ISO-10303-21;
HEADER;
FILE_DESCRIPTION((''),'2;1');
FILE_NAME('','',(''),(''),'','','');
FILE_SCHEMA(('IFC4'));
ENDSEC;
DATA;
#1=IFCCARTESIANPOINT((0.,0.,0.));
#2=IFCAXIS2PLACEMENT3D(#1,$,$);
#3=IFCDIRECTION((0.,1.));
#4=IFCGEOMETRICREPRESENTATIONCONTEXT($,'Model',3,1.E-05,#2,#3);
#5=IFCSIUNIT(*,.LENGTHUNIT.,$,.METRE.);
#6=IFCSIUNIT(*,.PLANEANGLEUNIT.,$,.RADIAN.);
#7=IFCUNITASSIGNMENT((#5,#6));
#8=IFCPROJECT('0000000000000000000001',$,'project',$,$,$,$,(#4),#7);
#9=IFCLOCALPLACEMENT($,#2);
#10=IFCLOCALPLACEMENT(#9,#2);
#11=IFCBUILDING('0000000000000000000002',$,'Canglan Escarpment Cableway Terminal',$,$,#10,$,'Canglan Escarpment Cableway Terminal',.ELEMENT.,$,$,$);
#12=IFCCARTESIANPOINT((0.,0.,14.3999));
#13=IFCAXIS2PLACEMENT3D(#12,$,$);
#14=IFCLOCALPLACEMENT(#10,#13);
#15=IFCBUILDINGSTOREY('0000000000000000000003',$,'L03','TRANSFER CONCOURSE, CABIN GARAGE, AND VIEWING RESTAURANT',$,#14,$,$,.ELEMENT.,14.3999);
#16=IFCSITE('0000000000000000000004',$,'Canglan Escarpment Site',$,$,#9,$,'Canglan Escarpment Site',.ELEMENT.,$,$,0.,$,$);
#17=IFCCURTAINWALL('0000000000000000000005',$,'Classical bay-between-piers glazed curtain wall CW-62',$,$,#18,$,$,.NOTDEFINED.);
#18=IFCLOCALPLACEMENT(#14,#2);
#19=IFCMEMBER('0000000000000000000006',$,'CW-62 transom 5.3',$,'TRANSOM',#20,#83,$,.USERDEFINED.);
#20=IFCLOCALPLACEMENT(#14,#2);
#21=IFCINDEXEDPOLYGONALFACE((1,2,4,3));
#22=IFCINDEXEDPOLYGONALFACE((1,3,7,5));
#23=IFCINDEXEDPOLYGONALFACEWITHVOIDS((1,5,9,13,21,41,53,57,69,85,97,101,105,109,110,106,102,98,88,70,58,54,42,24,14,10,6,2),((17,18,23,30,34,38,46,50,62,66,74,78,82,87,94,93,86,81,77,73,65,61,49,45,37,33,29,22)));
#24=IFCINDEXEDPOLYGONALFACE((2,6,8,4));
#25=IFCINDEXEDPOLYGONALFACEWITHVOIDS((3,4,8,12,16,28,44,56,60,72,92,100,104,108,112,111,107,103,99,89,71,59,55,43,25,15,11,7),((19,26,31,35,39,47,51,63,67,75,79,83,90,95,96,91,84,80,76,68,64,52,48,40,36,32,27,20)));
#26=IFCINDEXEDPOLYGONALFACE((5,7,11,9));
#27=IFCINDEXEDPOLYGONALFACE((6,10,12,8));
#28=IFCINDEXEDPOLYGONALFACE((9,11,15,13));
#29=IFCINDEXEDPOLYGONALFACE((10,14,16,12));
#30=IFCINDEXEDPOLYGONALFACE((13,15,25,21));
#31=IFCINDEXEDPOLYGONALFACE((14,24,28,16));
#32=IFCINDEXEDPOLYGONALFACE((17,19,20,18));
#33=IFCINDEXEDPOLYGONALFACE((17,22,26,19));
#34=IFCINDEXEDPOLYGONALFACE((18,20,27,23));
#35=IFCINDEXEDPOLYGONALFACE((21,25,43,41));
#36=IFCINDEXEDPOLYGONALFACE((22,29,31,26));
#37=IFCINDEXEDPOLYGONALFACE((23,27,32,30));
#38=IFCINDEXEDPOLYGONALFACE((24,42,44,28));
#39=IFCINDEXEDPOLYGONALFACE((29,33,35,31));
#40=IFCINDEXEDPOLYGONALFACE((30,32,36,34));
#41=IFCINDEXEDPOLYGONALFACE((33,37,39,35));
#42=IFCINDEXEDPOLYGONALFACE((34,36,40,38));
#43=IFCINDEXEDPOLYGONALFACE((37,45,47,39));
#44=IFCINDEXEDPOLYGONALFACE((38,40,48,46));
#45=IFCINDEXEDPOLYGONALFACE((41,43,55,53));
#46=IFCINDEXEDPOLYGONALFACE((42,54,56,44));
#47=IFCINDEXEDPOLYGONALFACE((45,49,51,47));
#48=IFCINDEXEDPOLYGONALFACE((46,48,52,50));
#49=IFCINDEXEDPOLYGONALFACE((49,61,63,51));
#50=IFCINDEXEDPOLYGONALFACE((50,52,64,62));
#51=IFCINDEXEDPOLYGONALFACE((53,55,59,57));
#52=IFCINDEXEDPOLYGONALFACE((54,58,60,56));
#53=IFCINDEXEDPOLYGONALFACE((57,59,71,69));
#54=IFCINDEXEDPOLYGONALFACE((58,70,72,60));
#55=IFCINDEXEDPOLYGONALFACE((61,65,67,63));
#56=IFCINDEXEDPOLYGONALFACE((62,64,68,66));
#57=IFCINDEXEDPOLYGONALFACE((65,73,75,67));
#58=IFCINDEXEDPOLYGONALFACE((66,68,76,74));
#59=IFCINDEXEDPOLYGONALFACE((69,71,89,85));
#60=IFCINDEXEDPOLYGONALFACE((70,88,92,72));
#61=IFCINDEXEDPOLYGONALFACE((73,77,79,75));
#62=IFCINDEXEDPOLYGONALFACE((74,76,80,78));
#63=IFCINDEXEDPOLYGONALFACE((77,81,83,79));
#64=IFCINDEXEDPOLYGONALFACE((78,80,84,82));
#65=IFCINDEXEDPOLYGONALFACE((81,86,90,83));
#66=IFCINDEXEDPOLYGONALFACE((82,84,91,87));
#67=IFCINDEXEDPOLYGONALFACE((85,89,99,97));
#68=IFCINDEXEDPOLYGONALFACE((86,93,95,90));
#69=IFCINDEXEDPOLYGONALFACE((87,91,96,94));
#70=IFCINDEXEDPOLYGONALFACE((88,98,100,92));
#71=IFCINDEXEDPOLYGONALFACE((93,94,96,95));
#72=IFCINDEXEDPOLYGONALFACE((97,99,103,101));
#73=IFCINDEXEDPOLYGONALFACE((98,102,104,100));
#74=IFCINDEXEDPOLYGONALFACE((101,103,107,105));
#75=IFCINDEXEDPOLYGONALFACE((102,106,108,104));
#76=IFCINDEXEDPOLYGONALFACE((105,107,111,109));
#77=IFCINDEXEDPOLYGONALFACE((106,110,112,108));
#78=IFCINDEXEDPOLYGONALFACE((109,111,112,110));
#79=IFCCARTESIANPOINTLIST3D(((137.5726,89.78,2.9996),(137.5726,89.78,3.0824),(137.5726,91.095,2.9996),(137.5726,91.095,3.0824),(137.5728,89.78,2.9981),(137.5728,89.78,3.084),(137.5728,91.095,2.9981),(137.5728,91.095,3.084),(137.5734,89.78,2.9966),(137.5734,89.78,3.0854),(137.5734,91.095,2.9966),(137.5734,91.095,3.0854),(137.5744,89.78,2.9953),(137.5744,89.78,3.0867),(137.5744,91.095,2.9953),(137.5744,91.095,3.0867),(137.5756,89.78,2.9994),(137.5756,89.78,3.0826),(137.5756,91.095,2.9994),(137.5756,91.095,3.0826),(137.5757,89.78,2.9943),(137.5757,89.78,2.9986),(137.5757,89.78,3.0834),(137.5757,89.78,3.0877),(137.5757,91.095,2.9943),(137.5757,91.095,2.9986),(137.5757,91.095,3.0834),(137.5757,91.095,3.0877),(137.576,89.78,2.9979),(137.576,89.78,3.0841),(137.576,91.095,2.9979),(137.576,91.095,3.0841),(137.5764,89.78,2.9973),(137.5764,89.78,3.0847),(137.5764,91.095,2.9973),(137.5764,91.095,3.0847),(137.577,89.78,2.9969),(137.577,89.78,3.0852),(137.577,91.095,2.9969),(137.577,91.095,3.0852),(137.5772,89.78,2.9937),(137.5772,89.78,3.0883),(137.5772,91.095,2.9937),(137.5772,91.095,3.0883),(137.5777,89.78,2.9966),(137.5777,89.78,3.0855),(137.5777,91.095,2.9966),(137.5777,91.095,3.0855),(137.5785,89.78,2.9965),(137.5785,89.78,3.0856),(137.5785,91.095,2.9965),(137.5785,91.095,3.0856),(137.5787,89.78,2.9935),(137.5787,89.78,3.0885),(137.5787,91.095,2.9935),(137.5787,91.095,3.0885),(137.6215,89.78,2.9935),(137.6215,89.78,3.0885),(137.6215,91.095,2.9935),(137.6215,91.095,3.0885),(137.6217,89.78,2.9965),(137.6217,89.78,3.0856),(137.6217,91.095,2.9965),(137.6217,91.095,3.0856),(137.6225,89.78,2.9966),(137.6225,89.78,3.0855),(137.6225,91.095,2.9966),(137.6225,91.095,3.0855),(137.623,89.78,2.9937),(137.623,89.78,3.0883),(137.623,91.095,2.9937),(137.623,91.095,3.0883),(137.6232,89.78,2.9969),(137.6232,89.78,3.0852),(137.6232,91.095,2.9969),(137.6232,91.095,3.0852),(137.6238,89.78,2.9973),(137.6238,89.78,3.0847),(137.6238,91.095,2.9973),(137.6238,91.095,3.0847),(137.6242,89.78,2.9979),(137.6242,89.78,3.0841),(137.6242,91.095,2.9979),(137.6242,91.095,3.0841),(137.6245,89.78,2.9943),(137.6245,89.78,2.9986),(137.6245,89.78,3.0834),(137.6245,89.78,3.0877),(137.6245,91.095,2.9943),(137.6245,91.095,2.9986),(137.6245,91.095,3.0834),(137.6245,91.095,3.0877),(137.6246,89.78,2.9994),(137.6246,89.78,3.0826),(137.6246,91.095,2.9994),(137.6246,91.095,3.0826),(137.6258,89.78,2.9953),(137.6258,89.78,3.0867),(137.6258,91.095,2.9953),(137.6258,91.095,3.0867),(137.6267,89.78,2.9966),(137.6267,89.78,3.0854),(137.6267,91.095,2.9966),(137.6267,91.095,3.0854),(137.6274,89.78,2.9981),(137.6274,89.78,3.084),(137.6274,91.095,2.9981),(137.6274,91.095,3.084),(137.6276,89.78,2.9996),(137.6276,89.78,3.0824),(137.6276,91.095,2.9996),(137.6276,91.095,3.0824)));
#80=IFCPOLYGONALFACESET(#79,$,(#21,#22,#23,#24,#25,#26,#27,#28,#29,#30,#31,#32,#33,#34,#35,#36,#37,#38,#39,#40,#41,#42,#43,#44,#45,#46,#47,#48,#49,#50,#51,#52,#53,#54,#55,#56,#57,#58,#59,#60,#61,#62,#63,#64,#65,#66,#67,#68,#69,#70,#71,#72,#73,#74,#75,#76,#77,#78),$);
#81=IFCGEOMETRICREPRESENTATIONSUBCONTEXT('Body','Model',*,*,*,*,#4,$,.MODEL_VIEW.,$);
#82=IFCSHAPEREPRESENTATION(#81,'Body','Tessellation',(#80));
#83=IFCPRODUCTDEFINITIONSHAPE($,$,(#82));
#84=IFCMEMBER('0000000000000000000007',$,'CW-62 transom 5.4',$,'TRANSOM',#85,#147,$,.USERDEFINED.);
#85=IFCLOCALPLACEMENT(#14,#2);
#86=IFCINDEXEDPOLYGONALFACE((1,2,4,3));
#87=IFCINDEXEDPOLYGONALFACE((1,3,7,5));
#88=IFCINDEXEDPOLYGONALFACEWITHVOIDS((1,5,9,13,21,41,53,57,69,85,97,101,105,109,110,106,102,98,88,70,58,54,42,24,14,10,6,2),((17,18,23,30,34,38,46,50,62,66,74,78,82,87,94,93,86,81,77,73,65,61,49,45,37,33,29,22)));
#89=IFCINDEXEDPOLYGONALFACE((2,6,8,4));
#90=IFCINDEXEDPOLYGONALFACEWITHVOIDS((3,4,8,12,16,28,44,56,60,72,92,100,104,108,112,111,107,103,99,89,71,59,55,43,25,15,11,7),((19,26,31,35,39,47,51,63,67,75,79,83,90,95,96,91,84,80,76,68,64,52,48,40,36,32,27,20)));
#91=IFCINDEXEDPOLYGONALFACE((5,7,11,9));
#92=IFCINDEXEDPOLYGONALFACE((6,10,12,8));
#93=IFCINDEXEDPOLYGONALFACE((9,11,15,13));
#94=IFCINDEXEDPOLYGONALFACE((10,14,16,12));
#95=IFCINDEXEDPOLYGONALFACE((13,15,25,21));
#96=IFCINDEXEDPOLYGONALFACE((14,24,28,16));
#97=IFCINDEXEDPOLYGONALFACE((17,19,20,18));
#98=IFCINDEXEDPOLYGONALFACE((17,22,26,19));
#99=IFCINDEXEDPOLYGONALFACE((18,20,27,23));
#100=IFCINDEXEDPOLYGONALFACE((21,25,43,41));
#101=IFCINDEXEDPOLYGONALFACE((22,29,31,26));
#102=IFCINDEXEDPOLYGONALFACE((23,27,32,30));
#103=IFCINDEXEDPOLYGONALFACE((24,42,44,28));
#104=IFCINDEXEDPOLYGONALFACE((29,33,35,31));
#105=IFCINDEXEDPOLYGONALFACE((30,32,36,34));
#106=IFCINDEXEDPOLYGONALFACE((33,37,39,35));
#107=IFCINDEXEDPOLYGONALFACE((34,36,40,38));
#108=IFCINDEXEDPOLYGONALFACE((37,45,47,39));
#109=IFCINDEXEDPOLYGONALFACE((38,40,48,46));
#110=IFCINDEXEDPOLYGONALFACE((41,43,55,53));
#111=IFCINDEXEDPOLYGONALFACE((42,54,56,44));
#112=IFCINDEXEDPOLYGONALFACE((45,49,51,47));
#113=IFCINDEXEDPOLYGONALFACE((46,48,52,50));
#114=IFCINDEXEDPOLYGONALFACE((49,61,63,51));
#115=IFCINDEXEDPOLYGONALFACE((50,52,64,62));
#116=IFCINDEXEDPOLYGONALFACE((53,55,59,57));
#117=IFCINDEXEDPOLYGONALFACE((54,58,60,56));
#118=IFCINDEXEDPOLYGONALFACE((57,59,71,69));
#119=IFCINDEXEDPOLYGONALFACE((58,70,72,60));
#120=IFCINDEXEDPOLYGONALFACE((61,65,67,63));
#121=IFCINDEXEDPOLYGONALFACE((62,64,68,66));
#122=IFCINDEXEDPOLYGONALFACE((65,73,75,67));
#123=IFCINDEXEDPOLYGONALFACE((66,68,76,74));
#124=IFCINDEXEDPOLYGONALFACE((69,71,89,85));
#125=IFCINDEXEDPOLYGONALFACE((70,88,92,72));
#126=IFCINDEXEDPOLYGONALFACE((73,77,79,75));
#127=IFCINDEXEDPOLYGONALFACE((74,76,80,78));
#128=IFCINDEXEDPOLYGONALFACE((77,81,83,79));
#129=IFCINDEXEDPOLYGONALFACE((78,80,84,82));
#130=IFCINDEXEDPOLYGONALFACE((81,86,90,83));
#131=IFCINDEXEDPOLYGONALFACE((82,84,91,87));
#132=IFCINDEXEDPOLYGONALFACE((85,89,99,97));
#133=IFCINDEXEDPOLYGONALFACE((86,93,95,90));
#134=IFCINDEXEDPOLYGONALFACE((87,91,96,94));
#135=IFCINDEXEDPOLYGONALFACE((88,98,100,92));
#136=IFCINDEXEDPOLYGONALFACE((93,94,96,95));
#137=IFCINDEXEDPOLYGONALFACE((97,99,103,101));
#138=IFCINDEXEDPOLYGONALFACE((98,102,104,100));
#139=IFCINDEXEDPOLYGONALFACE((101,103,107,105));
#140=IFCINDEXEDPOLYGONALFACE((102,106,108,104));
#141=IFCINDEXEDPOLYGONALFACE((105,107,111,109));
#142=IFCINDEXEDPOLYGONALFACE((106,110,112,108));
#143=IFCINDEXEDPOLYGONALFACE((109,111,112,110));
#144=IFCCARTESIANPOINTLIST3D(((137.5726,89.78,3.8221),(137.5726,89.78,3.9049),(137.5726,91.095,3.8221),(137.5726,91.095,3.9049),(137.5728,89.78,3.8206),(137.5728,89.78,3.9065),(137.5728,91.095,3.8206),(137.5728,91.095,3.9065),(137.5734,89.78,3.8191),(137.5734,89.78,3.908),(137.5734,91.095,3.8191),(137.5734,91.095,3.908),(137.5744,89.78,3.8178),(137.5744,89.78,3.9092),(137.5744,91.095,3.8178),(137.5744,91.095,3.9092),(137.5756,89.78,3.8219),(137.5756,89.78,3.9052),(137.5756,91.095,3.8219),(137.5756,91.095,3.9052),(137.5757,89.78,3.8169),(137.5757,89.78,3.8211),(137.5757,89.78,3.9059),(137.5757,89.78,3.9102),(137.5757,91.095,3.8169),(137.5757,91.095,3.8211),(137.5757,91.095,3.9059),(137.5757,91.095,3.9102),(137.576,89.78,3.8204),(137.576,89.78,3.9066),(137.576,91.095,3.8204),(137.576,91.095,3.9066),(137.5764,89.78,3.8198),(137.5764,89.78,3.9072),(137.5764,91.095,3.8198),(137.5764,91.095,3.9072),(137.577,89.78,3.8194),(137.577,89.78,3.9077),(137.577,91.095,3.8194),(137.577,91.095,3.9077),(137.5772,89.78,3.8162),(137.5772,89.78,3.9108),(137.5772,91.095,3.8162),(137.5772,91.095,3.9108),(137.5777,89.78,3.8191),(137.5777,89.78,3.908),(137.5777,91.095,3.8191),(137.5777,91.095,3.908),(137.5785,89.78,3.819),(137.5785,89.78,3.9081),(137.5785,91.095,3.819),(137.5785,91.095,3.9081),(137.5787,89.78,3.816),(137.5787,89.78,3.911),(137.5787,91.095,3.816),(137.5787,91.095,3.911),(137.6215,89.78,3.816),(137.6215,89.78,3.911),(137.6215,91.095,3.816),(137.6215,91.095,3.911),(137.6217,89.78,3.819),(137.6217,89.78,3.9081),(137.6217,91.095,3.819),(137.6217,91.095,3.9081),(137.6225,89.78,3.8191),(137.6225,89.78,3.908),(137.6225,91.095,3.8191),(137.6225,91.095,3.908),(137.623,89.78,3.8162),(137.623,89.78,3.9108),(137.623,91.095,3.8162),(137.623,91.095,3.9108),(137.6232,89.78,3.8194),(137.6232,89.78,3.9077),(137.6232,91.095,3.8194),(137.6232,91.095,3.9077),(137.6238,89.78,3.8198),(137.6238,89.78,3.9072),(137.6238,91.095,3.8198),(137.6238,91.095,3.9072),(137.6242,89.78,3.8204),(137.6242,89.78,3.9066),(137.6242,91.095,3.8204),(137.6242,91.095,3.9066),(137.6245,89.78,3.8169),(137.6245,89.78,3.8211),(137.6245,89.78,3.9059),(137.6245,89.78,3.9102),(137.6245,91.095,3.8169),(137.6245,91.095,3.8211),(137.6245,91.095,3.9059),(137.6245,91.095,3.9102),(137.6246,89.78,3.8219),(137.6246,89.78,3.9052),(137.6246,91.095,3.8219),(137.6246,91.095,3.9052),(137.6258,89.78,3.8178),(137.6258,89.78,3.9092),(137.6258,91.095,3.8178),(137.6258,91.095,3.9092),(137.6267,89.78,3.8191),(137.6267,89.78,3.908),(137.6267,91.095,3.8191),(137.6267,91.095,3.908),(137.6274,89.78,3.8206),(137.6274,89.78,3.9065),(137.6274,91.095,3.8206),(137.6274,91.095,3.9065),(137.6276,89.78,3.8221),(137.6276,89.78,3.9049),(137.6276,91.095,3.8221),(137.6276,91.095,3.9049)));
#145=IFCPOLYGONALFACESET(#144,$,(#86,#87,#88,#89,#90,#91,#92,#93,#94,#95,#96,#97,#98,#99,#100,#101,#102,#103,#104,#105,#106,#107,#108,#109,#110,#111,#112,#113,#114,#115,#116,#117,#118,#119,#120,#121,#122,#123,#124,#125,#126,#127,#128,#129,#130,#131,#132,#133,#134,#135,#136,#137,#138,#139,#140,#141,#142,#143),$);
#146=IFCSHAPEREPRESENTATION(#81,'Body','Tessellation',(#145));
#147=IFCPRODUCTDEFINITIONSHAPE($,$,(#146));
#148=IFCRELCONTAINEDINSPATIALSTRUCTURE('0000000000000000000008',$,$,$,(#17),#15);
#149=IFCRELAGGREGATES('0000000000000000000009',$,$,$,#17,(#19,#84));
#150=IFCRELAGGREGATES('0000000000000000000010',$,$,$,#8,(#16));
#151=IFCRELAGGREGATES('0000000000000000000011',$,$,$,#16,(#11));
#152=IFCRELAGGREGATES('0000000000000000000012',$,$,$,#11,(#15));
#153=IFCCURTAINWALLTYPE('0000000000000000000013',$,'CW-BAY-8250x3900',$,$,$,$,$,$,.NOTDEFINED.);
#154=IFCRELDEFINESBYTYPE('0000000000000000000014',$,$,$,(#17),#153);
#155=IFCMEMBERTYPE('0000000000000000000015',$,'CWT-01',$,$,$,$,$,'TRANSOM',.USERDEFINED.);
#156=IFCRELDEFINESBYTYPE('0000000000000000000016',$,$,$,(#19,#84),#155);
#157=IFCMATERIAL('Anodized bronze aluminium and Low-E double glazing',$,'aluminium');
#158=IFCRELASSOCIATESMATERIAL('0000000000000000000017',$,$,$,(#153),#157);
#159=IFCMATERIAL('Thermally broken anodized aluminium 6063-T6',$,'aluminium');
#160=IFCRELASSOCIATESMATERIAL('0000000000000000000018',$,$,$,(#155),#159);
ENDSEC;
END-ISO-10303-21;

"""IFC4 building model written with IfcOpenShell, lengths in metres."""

from ifc_helpers import new_model, si_unit, direction, frame, origin, origin_2d, place, context, subcontext, project, spatial, hollow_rectangle, extrude, material, material_profile, profile_set, type_object, element, aggregate, save


model = new_model("IFC4")

# Units and contexts
model_context = context("Model", 3, precision=1e-05, world=origin(), true_north=direction((0.0, 1.0)))
body_context = subcontext(model_context, "Body", "Model", "MODEL_VIEW")
ifc_project = project(units=[si_unit("LENGTHUNIT", "METRE"), si_unit("PLANEANGLEUNIT", "RADIAN")], contexts=[model_context])

# Site, building, storey
site_placement = place(None, origin())
site = spatial("IfcSite", under=ifc_project, at=site_placement, Name="Canglan Escarpment Site", LongName="Canglan Escarpment Site", CompositionType="ELEMENT", RefElevation=0.0)
building_placement = place(site_placement, origin())
building = spatial("IfcBuilding", under=site, at=building_placement, Name="Canglan Escarpment Cableway Terminal", LongName="Canglan Escarpment Cableway Terminal", CompositionType="ELEMENT")
storey_placement = place(building_placement, frame((0.0, 0.0, 14.3999)))
storey = spatial("IfcBuildingStorey", under=building, at=storey_placement, Name="L03", Description="TRANSFER CONCOURSE, CABIN GARAGE, AND VIEWING RESTAURANT", CompositionType="ELEMENT", Elevation=14.3999)

# Curtain wall, members
ifc_material_1 = material(Name="Anodized bronze aluminium and Low-E double glazing", Category="aluminium")
curtain_wall_type = type_object("IfcCurtainWallType", Name="CW-BAY-8250x3900", PredefinedType="NOTDEFINED", material=ifc_material_1)
curtain_wall_placement = place(storey_placement, origin())
curtain_wall = element("IfcCurtainWall", 1, at=curtain_wall_placement, inside=storey, type_object=curtain_wall_type, Name="Classical bay-between-piers glazed curtain wall CW-62", PredefinedType="NOTDEFINED")
ifc_material_2 = material(Name="Thermally broken anodized aluminium 6063-T6", Category="aluminium")
ifc_material_profile_1 = material_profile(ifc_material_2, hollow_rectangle(XDim=0.0549, YDim=0.095, WallThickness=0.0029, InnerFilletRadius=0.0029, OuterFilletRadius=0.0061, at=origin_2d()), Name="ALU-TRAN 55x95x3")
ifc_profile_set_1 = profile_set([ifc_material_profile_1], Name="Thermally broken anodized aluminium 6063-T6")
member_type_1 = type_object("IfcMemberType", Name="CWT-01", ElementType="TRANSOM", PredefinedType="USERDEFINED", material=ifc_profile_set_1)
member_1_placement = place(storey_placement, frame((137.6001, 91.095, 3.041), z_axis=(0.0, -1.0, 0.0), x_axis=(1.0, 0.0, 0.0)))
member_1 = element("IfcMember", 2, at=member_1_placement, type_object=member_type_1, Name="CW-62 transom 5.3", ObjectType="TRANSOM", PredefinedType="USERDEFINED", context=body_context, shape_type="SweptSolid", body=[
    extrude(hollow_rectangle(XDim=0.0549, YDim=0.095, WallThickness=0.0029, InnerFilletRadius=0.0029, OuterFilletRadius=0.0061, at=origin_2d()), origin(), (0.0, 0.0, 1.0), 1.3149),
])
member_2_placement = place(storey_placement, frame((137.6001, 91.095, 3.8635), z_axis=(0.0, -1.0, 0.0), x_axis=(1.0, 0.0, 0.0)))
member_2 = element("IfcMember", 3, at=member_2_placement, type_object=member_type_1, Name="CW-62 transom 5.4", ObjectType="TRANSOM", PredefinedType="USERDEFINED", context=body_context, shape_type="SweptSolid", body=[
    extrude(hollow_rectangle(XDim=0.0549, YDim=0.095, WallThickness=0.0029, InnerFilletRadius=0.0029, OuterFilletRadius=0.0061, at=origin_2d()), origin(), (0.0, 0.0, 1.0), 1.3149),
])
aggregate(curtain_wall, [member_1, member_2])

save(model, "model.ifc")
